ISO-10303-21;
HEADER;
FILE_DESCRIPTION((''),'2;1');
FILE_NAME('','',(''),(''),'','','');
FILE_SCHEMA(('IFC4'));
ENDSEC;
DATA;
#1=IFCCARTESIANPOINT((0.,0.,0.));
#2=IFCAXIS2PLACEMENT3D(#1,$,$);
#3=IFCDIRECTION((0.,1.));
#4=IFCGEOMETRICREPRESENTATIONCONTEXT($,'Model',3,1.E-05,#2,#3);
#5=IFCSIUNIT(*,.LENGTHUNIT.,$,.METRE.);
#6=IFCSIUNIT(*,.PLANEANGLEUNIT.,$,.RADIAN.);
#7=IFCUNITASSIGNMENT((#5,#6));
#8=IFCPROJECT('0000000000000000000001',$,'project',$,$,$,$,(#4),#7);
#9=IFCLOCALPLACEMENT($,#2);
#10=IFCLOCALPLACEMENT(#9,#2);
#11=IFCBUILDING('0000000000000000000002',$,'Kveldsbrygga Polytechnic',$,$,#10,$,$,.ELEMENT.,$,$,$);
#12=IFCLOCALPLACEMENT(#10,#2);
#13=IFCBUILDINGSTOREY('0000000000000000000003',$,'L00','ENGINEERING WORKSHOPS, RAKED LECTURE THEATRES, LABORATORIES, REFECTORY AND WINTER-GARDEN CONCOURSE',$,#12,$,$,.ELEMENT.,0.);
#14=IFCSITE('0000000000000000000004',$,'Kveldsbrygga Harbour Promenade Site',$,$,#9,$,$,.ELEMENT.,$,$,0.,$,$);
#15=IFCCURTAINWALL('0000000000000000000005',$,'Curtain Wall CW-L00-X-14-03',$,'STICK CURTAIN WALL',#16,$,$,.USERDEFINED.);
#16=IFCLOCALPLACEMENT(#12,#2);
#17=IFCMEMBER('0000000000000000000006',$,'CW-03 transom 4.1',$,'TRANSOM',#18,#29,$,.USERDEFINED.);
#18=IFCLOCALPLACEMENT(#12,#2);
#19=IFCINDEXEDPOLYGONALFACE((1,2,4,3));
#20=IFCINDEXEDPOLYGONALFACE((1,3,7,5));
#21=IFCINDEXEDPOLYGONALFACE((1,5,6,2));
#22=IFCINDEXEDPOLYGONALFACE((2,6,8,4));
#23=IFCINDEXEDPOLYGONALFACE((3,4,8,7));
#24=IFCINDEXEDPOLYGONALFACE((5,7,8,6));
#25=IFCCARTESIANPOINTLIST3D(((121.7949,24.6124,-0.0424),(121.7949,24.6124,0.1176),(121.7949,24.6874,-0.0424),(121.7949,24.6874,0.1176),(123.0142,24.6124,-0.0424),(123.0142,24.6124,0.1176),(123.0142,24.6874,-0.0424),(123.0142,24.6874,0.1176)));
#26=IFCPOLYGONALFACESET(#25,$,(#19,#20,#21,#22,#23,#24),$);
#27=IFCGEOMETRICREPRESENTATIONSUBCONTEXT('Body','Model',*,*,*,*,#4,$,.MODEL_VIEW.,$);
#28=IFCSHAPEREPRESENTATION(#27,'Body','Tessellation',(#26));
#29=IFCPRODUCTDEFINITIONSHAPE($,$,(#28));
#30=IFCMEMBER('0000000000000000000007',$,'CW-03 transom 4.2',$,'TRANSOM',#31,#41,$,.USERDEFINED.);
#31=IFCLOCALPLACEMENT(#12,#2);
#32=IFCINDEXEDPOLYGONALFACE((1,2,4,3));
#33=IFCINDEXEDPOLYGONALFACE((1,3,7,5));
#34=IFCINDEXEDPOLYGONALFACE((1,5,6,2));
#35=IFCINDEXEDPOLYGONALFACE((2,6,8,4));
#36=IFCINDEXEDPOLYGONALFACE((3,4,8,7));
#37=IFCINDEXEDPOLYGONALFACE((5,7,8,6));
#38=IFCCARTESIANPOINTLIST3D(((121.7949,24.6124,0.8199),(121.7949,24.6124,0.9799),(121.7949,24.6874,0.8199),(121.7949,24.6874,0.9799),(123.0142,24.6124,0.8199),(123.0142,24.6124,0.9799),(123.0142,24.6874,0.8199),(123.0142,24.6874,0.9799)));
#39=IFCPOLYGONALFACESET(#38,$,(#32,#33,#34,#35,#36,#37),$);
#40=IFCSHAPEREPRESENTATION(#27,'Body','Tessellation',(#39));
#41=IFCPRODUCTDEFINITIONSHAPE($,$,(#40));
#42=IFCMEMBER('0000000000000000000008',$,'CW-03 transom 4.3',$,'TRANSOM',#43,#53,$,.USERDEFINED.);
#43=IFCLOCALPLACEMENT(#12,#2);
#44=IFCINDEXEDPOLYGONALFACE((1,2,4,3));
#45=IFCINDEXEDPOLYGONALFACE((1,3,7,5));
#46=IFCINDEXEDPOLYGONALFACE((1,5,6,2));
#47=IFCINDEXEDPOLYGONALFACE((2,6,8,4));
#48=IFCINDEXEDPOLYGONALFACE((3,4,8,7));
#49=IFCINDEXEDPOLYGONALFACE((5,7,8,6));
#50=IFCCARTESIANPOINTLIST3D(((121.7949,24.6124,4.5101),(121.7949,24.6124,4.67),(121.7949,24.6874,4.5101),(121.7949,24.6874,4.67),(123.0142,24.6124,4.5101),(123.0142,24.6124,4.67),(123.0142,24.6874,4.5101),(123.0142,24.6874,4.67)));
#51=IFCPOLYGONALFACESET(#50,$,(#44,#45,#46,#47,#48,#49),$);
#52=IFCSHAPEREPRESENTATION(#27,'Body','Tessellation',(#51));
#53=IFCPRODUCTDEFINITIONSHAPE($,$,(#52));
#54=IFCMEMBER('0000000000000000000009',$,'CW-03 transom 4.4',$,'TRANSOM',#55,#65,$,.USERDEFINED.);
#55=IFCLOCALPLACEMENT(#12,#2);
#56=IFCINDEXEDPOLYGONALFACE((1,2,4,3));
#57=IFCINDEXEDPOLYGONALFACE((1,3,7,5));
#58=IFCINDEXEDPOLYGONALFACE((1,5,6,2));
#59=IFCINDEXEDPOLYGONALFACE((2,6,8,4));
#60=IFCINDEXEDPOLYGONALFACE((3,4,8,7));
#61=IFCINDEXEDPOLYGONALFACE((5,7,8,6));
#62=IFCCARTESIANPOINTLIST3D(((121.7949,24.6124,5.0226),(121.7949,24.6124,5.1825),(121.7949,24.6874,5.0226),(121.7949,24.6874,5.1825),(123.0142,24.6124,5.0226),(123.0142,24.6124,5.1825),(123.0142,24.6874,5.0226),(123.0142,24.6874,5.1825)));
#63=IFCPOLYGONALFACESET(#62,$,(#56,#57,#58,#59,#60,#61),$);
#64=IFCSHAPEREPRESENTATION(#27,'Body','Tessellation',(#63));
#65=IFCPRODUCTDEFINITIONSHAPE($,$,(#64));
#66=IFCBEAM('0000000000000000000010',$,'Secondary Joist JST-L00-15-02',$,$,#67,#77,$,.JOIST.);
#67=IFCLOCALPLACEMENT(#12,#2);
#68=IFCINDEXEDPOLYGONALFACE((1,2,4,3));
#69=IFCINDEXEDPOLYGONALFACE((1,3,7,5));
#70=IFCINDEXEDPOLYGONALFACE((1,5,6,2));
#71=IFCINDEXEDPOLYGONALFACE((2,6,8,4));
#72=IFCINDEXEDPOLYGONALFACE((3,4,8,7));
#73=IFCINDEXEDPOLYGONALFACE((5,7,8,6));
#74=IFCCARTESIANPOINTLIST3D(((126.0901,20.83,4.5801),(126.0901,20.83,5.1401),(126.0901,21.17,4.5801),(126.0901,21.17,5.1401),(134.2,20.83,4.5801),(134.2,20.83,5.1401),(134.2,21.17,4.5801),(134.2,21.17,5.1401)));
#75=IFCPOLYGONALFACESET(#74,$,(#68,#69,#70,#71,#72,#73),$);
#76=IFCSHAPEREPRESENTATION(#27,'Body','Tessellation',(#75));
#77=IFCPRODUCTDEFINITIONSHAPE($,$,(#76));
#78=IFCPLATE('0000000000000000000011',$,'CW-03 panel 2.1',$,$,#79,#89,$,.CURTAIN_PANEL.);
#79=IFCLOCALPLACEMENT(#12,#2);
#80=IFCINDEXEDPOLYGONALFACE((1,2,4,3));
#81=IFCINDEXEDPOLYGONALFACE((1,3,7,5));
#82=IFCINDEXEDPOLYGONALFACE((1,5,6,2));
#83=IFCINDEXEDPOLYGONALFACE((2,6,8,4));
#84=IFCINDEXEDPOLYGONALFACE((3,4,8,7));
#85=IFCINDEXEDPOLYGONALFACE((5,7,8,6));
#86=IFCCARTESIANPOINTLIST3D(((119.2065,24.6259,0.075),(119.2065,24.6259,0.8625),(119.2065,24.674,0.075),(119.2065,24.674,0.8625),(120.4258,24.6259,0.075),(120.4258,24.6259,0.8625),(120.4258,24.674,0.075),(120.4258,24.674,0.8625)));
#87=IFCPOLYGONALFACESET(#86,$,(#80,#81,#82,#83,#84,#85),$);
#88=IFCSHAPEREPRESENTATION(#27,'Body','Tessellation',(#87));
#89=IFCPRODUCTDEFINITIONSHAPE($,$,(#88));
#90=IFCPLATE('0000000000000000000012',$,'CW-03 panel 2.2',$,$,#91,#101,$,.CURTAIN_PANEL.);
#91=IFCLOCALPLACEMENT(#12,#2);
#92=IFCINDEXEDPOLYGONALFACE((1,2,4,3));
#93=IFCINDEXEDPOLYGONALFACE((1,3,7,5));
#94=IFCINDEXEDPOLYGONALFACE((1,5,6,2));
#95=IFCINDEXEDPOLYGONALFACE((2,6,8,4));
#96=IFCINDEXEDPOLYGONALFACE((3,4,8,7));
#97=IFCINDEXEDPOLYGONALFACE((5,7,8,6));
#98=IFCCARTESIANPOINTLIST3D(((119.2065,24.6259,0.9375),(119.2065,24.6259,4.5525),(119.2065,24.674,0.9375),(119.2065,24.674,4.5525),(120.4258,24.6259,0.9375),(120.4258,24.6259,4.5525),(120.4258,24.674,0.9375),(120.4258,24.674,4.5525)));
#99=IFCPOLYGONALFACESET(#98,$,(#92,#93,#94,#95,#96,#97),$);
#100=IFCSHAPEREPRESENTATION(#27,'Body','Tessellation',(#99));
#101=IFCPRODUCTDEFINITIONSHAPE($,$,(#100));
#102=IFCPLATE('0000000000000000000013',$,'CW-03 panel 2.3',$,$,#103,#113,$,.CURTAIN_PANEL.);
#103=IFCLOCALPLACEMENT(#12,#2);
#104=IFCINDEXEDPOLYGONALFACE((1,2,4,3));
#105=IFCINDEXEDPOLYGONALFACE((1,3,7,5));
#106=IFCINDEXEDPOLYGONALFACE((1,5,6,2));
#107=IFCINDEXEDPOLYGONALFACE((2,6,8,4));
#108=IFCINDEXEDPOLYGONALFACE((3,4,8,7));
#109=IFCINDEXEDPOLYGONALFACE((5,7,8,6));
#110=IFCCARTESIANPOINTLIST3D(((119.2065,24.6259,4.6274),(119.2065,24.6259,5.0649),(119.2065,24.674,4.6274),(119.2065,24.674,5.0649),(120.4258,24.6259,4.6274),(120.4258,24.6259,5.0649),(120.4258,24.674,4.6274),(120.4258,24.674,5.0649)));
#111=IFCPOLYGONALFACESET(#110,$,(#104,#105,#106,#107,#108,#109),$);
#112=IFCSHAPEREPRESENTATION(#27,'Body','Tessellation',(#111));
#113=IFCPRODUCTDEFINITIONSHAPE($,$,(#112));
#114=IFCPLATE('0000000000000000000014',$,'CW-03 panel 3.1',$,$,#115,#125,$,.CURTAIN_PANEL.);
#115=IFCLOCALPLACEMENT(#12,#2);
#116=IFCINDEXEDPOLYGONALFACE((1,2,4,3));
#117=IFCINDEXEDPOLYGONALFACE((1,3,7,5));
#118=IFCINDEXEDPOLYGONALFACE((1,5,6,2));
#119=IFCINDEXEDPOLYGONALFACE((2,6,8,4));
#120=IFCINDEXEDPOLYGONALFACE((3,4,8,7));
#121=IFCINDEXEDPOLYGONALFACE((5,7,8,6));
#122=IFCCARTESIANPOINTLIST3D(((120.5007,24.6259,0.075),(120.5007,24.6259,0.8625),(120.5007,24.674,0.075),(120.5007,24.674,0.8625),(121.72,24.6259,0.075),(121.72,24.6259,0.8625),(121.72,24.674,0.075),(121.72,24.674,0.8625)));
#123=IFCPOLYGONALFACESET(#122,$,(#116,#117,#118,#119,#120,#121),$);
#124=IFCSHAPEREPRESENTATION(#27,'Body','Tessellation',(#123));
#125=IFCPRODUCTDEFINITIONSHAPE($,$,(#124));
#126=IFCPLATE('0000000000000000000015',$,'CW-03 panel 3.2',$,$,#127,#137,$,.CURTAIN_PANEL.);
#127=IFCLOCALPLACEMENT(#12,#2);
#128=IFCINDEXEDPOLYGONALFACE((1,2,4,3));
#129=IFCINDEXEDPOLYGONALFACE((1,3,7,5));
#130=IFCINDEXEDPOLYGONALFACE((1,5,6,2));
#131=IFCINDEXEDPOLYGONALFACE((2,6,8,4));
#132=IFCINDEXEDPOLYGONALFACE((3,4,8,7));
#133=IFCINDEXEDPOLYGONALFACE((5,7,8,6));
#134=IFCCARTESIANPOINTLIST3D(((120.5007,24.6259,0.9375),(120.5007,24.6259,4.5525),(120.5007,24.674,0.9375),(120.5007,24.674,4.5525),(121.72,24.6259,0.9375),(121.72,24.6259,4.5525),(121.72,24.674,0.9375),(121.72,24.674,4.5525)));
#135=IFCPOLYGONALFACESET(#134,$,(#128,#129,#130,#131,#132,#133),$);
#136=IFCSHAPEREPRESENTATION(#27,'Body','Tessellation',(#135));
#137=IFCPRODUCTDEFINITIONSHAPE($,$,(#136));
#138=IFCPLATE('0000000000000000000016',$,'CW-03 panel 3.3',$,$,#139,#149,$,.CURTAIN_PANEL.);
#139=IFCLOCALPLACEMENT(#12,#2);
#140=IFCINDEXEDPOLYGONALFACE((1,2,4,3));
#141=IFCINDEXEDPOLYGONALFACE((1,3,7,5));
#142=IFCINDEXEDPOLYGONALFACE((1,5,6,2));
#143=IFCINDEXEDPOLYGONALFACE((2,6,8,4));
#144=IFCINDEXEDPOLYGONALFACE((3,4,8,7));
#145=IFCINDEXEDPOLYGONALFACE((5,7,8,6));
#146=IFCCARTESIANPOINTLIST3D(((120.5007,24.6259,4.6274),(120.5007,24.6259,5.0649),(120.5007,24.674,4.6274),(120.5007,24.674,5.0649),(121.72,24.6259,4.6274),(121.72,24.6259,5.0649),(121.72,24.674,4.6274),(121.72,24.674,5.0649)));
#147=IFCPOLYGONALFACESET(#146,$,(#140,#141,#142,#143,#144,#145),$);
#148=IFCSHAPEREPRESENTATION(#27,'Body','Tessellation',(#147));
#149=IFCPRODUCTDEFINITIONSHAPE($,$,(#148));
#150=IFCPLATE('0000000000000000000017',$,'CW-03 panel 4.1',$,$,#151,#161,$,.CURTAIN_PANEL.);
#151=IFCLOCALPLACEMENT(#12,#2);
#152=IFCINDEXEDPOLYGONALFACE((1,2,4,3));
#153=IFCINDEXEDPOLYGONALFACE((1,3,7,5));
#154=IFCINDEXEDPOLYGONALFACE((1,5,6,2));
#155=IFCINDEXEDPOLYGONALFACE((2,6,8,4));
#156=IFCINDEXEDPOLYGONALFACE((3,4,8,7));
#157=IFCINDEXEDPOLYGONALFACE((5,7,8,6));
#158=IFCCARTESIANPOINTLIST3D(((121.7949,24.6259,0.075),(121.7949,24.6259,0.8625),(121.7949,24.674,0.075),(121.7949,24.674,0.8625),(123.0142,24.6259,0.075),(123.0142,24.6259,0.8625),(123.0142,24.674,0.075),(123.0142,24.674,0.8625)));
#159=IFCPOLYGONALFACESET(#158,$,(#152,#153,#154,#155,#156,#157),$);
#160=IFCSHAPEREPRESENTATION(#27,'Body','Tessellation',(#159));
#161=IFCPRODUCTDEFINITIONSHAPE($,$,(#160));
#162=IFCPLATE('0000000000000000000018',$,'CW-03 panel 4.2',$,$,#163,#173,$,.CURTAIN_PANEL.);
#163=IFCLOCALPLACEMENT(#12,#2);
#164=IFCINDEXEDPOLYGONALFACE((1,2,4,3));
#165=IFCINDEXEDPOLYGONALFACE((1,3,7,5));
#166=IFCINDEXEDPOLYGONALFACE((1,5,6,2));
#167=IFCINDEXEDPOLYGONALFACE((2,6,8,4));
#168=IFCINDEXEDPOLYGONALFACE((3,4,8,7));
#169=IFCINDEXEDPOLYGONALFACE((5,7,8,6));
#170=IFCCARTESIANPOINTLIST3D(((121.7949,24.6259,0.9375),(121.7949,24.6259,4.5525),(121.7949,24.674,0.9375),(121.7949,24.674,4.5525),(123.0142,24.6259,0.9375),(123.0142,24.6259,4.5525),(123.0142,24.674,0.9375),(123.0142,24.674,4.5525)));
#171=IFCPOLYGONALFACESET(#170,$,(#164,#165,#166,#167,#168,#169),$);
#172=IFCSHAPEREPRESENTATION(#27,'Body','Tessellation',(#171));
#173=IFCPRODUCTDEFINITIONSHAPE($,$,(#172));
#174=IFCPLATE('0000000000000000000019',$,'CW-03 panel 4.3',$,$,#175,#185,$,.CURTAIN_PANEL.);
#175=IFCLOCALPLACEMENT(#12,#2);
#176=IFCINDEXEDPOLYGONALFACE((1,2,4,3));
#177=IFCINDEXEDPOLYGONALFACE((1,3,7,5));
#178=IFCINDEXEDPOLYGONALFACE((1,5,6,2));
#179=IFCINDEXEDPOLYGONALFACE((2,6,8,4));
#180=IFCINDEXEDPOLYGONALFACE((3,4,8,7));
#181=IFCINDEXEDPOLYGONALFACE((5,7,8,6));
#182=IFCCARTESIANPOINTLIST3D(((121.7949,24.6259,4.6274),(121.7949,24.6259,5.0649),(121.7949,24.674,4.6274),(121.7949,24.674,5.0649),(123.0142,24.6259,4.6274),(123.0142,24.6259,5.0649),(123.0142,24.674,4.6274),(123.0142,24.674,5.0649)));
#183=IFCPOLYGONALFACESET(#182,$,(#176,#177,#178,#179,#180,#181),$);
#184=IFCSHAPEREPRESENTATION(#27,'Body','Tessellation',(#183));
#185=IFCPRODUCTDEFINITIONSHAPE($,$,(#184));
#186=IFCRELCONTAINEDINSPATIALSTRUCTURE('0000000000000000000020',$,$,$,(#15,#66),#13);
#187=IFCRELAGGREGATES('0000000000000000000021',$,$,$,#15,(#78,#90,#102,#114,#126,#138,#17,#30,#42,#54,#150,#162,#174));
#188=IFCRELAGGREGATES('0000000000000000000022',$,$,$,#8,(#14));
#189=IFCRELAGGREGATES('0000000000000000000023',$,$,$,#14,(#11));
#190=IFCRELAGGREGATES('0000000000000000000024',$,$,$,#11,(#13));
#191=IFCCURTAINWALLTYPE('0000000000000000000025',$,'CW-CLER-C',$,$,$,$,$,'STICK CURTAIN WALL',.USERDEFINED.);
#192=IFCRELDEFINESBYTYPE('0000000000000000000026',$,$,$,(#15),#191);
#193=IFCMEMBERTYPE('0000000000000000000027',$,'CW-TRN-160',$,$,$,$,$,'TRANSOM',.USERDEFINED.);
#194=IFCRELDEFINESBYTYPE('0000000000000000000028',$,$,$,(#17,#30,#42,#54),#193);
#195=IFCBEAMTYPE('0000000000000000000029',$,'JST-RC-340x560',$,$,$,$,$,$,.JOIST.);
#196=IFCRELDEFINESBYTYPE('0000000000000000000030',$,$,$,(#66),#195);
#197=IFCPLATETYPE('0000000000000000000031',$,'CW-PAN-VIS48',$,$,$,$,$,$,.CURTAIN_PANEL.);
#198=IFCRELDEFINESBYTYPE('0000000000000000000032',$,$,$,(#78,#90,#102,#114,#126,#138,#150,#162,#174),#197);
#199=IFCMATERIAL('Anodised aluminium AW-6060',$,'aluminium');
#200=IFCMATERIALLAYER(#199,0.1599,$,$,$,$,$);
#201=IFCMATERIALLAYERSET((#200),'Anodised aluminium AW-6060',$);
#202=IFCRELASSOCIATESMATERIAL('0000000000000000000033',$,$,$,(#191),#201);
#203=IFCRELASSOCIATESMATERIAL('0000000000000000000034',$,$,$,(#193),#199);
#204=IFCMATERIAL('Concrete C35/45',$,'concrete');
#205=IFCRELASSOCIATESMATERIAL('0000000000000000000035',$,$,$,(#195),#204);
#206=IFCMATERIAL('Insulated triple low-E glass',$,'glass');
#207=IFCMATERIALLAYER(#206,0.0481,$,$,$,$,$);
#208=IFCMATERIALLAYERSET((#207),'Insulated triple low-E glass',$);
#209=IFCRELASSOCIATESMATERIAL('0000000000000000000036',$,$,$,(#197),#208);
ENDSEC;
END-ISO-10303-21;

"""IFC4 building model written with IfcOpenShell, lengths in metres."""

from ifc_helpers import new_model, si_unit, direction, frame, origin, origin_2d, place, context, subcontext, project, spatial, rectangle, extrude, material, layer, layer_set, material_profile, profile_set, type_object, element, aggregate, save


model = new_model("IFC4")

# Units and contexts
model_context = context("Model", 3, precision=1e-05, world=origin(), true_north=direction((0.0, 1.0)))
body_context = subcontext(model_context, "Body", "Model", "MODEL_VIEW")
ifc_project = project(units=[si_unit("LENGTHUNIT", "METRE"), si_unit("PLANEANGLEUNIT", "RADIAN")], contexts=[model_context])

# Site, building, storey
site_placement = place(None, origin())
site = spatial("IfcSite", under=ifc_project, at=site_placement, Name="Kveldsbrygga Harbour Promenade Site", CompositionType="ELEMENT", RefElevation=0.0)
building_placement = place(site_placement, origin())
building = spatial("IfcBuilding", under=site, at=building_placement, Name="Kveldsbrygga Polytechnic", CompositionType="ELEMENT")
storey_placement = place(building_placement, origin())
storey = spatial("IfcBuildingStorey", under=building, at=storey_placement, Name="L00", Description="ENGINEERING WORKSHOPS, RAKED LECTURE THEATRES, LABORATORIES, REFECTORY AND WINTER-GARDEN CONCOURSE", CompositionType="ELEMENT", Elevation=0.0)

# Shared definitions
ifc_material_1 = material(Name="Concrete C35/45", Category="concrete")

# Curtain wall, members
ifc_material_2 = material(Name="Anodised aluminium AW-6060", Category="aluminium")
ifc_layer_1 = layer(ifc_material_2, 0.1599)
ifc_layer_set_1 = layer_set([ifc_layer_1], Name="Anodised aluminium AW-6060")
curtain_wall_type = type_object("IfcCurtainWallType", Name="CW-CLER-C", ElementType="STICK CURTAIN WALL", PredefinedType="USERDEFINED", material=ifc_layer_set_1)
curtain_wall_placement = place(storey_placement, origin())
curtain_wall = element("IfcCurtainWall", 1, at=curtain_wall_placement, inside=storey, type_object=curtain_wall_type, Name="Curtain Wall CW-L00-X-14-03", ObjectType="STICK CURTAIN WALL", PredefinedType="USERDEFINED")
ifc_material_profile_1 = material_profile(ifc_material_2, rectangle(XDim=0.075, YDim=0.1599, at=origin_2d()), Name="ALU 75x160")
ifc_profile_set_1 = profile_set([ifc_material_profile_1], Name="Anodised aluminium AW-6060")
member_type_1 = type_object("IfcMemberType", Name="CW-TRN-160", ElementType="TRANSOM", PredefinedType="USERDEFINED", material=ifc_profile_set_1)
member_1_placement = place(storey_placement, frame((121.7949, 24.6499, 0.0376), z_axis=(1.0, 0.0, 0.0), x_axis=(0.0, 1.0, 0.0)))
member_1 = element("IfcMember", 2, at=member_1_placement, type_object=member_type_1, Name="CW-03 transom 4.1", ObjectType="TRANSOM", PredefinedType="USERDEFINED", context=body_context, shape_type="SweptSolid", body=[
    extrude(rectangle(XDim=0.075, YDim=0.1599, at=origin_2d()), origin(), (0.0, 0.0, 1.0), 1.2192),
])
member_2_placement = place(storey_placement, frame((121.7949, 24.6499, 0.8999), z_axis=(1.0, 0.0, 0.0), x_axis=(0.0, 1.0, 0.0)))
member_2 = element("IfcMember", 3, at=member_2_placement, type_object=member_type_1, Name="CW-03 transom 4.2", ObjectType="TRANSOM", PredefinedType="USERDEFINED", context=body_context, shape_type="SweptSolid", body=[
    extrude(rectangle(XDim=0.075, YDim=0.1599, at=origin_2d()), origin(), (0.0, 0.0, 1.0), 1.2192),
])
member_3_placement = place(storey_placement, frame((121.7949, 24.6499, 4.5901), z_axis=(1.0, 0.0, 0.0), x_axis=(0.0, 1.0, 0.0)))
member_3 = element("IfcMember", 4, at=member_3_placement, type_object=member_type_1, Name="CW-03 transom 4.3", ObjectType="TRANSOM", PredefinedType="USERDEFINED", context=body_context, shape_type="SweptSolid", body=[
    extrude(rectangle(XDim=0.075, YDim=0.1599, at=origin_2d()), origin(), (0.0, 0.0, 1.0), 1.2192),
])
member_4_placement = place(storey_placement, frame((121.7949, 24.6499, 5.1025), z_axis=(1.0, 0.0, 0.0), x_axis=(0.0, 1.0, 0.0)))
member_4 = element("IfcMember", 5, at=member_4_placement, type_object=member_type_1, Name="CW-03 transom 4.4", ObjectType="TRANSOM", PredefinedType="USERDEFINED", context=body_context, shape_type="SweptSolid", body=[
    extrude(rectangle(XDim=0.075, YDim=0.1599, at=origin_2d()), origin(), (0.0, 0.0, 1.0), 1.2192),
])

# Beam
ifc_material_profile_2 = material_profile(ifc_material_1, rectangle(XDim=0.3401, YDim=0.5601, at=origin_2d()), Name="RC 340x560")
ifc_profile_set_2 = profile_set([ifc_material_profile_2], Name="Concrete C35/45")
beam_type_1 = type_object("IfcBeamType", Name="JST-RC-340x560", PredefinedType="JOIST", material=ifc_profile_set_2)
beam_1_placement = place(storey_placement, frame((126.0901, 21.0, 4.8601), z_axis=(1.0, 0.0, 0.0), x_axis=(0.0, 1.0, 0.0)))
element("IfcBeam", 6, at=beam_1_placement, inside=storey, type_object=beam_type_1, Name="Secondary Joist JST-L00-15-02", PredefinedType="JOIST", context=body_context, shape_type="SweptSolid", body=[
    extrude(rectangle(XDim=0.3401, YDim=0.5601, at=origin_2d()), origin(), (0.0, 0.0, 1.0), 8.1099),
])

# Plates
ifc_material_3 = material(Name="Insulated triple low-E glass", Category="glass")
ifc_layer_2 = layer(ifc_material_3, 0.0481)
ifc_layer_set_2 = layer_set([ifc_layer_2], Name="Insulated triple low-E glass")
plate_type = type_object("IfcPlateType", Name="CW-PAN-VIS48", PredefinedType="CURTAIN_PANEL", material=ifc_layer_set_2)
plate_1_placement = place(storey_placement, frame((119.8162, 24.6499, 0.075), z_axis=(0.0, 0.0, 1.0), x_axis=(1.0, 0.0, 0.0)))
plate_1 = element("IfcPlate", 7, at=plate_1_placement, type_object=plate_type, Name="CW-03 panel 2.1", PredefinedType="CURTAIN_PANEL", context=body_context, shape_type="SweptSolid", body=[
    extrude(rectangle(XDim=1.2192, YDim=0.0481, at=origin_2d()), origin(), (0.0, 0.0, 1.0), 0.7876),
])
plate_2_placement = place(storey_placement, frame((119.8162, 24.6499, 0.9375), z_axis=(0.0, 0.0, 1.0), x_axis=(1.0, 0.0, 0.0)))
plate_2 = element("IfcPlate", 8, at=plate_2_placement, type_object=plate_type, Name="CW-03 panel 2.2", PredefinedType="CURTAIN_PANEL", context=body_context, shape_type="SweptSolid", body=[
    extrude(rectangle(XDim=1.2192, YDim=0.0481, at=origin_2d()), origin(), (0.0, 0.0, 1.0), 3.615),
])
plate_3_placement = place(storey_placement, frame((119.8162, 24.6499, 4.6274), z_axis=(0.0, 0.0, 1.0), x_axis=(1.0, 0.0, 0.0)))
plate_3 = element("IfcPlate", 9, at=plate_3_placement, type_object=plate_type, Name="CW-03 panel 2.3", PredefinedType="CURTAIN_PANEL", context=body_context, shape_type="SweptSolid", body=[
    extrude(rectangle(XDim=1.2192, YDim=0.0481, at=origin_2d()), origin(), (0.0, 0.0, 1.0), 0.4375),
])
plate_4_placement = place(storey_placement, frame((121.1104, 24.6499, 0.075), z_axis=(0.0, 0.0, 1.0), x_axis=(1.0, 0.0, 0.0)))
plate_4 = element("IfcPlate", 10, at=plate_4_placement, type_object=plate_type, Name="CW-03 panel 3.1", PredefinedType="CURTAIN_PANEL", context=body_context, shape_type="SweptSolid", body=[
    extrude(rectangle(XDim=1.2192, YDim=0.0481, at=origin_2d()), origin(), (0.0, 0.0, 1.0), 0.7876),
])
plate_5_placement = place(storey_placement, frame((121.1104, 24.6499, 0.9375), z_axis=(0.0, 0.0, 1.0), x_axis=(1.0, 0.0, 0.0)))
plate_5 = element("IfcPlate", 11, at=plate_5_placement, type_object=plate_type, Name="CW-03 panel 3.2", PredefinedType="CURTAIN_PANEL", context=body_context, shape_type="SweptSolid", body=[
    extrude(rectangle(XDim=1.2192, YDim=0.0481, at=origin_2d()), origin(), (0.0, 0.0, 1.0), 3.615),
])
plate_6_placement = place(storey_placement, frame((121.1104, 24.6499, 4.6274), z_axis=(0.0, 0.0, 1.0), x_axis=(1.0, 0.0, 0.0)))
plate_6 = element("IfcPlate", 12, at=plate_6_placement, type_object=plate_type, Name="CW-03 panel 3.3", PredefinedType="CURTAIN_PANEL", context=body_context, shape_type="SweptSolid", body=[
    extrude(rectangle(XDim=1.2192, YDim=0.0481, at=origin_2d()), origin(), (0.0, 0.0, 1.0), 0.4375),
])
plate_7_placement = place(storey_placement, frame((122.4045, 24.6499, 0.075), z_axis=(0.0, 0.0, 1.0), x_axis=(1.0, 0.0, 0.0)))
plate_7 = element("IfcPlate", 13, at=plate_7_placement, type_object=plate_type, Name="CW-03 panel 4.1", PredefinedType="CURTAIN_PANEL", context=body_context, shape_type="SweptSolid", body=[
    extrude(rectangle(XDim=1.2192, YDim=0.0481, at=origin_2d()), origin(), (0.0, 0.0, 1.0), 0.7876),
])
plate_8_placement = place(storey_placement, frame((122.4045, 24.6499, 0.9375), z_axis=(0.0, 0.0, 1.0), x_axis=(1.0, 0.0, 0.0)))
plate_8 = element("IfcPlate", 14, at=plate_8_placement, type_object=plate_type, Name="CW-03 panel 4.2", PredefinedType="CURTAIN_PANEL", context=body_context, shape_type="SweptSolid", body=[
    extrude(rectangle(XDim=1.2192, YDim=0.0481, at=origin_2d()), origin(), (0.0, 0.0, 1.0), 3.615),
])
plate_9_placement = place(storey_placement, frame((122.4045, 24.6499, 4.6274), z_axis=(0.0, 0.0, 1.0), x_axis=(1.0, 0.0, 0.0)))
plate_9 = element("IfcPlate", 15, at=plate_9_placement, type_object=plate_type, Name="CW-03 panel 4.3", PredefinedType="CURTAIN_PANEL", context=body_context, shape_type="SweptSolid", body=[
    extrude(rectangle(XDim=1.2192, YDim=0.0481, at=origin_2d()), origin(), (0.0, 0.0, 1.0), 0.4375),
])
aggregate(curtain_wall, [plate_1, plate_2, plate_3, plate_4, plate_5, plate_6, member_1, member_2, member_3, member_4, plate_7, plate_8, plate_9])

save(model, "model.ifc")
